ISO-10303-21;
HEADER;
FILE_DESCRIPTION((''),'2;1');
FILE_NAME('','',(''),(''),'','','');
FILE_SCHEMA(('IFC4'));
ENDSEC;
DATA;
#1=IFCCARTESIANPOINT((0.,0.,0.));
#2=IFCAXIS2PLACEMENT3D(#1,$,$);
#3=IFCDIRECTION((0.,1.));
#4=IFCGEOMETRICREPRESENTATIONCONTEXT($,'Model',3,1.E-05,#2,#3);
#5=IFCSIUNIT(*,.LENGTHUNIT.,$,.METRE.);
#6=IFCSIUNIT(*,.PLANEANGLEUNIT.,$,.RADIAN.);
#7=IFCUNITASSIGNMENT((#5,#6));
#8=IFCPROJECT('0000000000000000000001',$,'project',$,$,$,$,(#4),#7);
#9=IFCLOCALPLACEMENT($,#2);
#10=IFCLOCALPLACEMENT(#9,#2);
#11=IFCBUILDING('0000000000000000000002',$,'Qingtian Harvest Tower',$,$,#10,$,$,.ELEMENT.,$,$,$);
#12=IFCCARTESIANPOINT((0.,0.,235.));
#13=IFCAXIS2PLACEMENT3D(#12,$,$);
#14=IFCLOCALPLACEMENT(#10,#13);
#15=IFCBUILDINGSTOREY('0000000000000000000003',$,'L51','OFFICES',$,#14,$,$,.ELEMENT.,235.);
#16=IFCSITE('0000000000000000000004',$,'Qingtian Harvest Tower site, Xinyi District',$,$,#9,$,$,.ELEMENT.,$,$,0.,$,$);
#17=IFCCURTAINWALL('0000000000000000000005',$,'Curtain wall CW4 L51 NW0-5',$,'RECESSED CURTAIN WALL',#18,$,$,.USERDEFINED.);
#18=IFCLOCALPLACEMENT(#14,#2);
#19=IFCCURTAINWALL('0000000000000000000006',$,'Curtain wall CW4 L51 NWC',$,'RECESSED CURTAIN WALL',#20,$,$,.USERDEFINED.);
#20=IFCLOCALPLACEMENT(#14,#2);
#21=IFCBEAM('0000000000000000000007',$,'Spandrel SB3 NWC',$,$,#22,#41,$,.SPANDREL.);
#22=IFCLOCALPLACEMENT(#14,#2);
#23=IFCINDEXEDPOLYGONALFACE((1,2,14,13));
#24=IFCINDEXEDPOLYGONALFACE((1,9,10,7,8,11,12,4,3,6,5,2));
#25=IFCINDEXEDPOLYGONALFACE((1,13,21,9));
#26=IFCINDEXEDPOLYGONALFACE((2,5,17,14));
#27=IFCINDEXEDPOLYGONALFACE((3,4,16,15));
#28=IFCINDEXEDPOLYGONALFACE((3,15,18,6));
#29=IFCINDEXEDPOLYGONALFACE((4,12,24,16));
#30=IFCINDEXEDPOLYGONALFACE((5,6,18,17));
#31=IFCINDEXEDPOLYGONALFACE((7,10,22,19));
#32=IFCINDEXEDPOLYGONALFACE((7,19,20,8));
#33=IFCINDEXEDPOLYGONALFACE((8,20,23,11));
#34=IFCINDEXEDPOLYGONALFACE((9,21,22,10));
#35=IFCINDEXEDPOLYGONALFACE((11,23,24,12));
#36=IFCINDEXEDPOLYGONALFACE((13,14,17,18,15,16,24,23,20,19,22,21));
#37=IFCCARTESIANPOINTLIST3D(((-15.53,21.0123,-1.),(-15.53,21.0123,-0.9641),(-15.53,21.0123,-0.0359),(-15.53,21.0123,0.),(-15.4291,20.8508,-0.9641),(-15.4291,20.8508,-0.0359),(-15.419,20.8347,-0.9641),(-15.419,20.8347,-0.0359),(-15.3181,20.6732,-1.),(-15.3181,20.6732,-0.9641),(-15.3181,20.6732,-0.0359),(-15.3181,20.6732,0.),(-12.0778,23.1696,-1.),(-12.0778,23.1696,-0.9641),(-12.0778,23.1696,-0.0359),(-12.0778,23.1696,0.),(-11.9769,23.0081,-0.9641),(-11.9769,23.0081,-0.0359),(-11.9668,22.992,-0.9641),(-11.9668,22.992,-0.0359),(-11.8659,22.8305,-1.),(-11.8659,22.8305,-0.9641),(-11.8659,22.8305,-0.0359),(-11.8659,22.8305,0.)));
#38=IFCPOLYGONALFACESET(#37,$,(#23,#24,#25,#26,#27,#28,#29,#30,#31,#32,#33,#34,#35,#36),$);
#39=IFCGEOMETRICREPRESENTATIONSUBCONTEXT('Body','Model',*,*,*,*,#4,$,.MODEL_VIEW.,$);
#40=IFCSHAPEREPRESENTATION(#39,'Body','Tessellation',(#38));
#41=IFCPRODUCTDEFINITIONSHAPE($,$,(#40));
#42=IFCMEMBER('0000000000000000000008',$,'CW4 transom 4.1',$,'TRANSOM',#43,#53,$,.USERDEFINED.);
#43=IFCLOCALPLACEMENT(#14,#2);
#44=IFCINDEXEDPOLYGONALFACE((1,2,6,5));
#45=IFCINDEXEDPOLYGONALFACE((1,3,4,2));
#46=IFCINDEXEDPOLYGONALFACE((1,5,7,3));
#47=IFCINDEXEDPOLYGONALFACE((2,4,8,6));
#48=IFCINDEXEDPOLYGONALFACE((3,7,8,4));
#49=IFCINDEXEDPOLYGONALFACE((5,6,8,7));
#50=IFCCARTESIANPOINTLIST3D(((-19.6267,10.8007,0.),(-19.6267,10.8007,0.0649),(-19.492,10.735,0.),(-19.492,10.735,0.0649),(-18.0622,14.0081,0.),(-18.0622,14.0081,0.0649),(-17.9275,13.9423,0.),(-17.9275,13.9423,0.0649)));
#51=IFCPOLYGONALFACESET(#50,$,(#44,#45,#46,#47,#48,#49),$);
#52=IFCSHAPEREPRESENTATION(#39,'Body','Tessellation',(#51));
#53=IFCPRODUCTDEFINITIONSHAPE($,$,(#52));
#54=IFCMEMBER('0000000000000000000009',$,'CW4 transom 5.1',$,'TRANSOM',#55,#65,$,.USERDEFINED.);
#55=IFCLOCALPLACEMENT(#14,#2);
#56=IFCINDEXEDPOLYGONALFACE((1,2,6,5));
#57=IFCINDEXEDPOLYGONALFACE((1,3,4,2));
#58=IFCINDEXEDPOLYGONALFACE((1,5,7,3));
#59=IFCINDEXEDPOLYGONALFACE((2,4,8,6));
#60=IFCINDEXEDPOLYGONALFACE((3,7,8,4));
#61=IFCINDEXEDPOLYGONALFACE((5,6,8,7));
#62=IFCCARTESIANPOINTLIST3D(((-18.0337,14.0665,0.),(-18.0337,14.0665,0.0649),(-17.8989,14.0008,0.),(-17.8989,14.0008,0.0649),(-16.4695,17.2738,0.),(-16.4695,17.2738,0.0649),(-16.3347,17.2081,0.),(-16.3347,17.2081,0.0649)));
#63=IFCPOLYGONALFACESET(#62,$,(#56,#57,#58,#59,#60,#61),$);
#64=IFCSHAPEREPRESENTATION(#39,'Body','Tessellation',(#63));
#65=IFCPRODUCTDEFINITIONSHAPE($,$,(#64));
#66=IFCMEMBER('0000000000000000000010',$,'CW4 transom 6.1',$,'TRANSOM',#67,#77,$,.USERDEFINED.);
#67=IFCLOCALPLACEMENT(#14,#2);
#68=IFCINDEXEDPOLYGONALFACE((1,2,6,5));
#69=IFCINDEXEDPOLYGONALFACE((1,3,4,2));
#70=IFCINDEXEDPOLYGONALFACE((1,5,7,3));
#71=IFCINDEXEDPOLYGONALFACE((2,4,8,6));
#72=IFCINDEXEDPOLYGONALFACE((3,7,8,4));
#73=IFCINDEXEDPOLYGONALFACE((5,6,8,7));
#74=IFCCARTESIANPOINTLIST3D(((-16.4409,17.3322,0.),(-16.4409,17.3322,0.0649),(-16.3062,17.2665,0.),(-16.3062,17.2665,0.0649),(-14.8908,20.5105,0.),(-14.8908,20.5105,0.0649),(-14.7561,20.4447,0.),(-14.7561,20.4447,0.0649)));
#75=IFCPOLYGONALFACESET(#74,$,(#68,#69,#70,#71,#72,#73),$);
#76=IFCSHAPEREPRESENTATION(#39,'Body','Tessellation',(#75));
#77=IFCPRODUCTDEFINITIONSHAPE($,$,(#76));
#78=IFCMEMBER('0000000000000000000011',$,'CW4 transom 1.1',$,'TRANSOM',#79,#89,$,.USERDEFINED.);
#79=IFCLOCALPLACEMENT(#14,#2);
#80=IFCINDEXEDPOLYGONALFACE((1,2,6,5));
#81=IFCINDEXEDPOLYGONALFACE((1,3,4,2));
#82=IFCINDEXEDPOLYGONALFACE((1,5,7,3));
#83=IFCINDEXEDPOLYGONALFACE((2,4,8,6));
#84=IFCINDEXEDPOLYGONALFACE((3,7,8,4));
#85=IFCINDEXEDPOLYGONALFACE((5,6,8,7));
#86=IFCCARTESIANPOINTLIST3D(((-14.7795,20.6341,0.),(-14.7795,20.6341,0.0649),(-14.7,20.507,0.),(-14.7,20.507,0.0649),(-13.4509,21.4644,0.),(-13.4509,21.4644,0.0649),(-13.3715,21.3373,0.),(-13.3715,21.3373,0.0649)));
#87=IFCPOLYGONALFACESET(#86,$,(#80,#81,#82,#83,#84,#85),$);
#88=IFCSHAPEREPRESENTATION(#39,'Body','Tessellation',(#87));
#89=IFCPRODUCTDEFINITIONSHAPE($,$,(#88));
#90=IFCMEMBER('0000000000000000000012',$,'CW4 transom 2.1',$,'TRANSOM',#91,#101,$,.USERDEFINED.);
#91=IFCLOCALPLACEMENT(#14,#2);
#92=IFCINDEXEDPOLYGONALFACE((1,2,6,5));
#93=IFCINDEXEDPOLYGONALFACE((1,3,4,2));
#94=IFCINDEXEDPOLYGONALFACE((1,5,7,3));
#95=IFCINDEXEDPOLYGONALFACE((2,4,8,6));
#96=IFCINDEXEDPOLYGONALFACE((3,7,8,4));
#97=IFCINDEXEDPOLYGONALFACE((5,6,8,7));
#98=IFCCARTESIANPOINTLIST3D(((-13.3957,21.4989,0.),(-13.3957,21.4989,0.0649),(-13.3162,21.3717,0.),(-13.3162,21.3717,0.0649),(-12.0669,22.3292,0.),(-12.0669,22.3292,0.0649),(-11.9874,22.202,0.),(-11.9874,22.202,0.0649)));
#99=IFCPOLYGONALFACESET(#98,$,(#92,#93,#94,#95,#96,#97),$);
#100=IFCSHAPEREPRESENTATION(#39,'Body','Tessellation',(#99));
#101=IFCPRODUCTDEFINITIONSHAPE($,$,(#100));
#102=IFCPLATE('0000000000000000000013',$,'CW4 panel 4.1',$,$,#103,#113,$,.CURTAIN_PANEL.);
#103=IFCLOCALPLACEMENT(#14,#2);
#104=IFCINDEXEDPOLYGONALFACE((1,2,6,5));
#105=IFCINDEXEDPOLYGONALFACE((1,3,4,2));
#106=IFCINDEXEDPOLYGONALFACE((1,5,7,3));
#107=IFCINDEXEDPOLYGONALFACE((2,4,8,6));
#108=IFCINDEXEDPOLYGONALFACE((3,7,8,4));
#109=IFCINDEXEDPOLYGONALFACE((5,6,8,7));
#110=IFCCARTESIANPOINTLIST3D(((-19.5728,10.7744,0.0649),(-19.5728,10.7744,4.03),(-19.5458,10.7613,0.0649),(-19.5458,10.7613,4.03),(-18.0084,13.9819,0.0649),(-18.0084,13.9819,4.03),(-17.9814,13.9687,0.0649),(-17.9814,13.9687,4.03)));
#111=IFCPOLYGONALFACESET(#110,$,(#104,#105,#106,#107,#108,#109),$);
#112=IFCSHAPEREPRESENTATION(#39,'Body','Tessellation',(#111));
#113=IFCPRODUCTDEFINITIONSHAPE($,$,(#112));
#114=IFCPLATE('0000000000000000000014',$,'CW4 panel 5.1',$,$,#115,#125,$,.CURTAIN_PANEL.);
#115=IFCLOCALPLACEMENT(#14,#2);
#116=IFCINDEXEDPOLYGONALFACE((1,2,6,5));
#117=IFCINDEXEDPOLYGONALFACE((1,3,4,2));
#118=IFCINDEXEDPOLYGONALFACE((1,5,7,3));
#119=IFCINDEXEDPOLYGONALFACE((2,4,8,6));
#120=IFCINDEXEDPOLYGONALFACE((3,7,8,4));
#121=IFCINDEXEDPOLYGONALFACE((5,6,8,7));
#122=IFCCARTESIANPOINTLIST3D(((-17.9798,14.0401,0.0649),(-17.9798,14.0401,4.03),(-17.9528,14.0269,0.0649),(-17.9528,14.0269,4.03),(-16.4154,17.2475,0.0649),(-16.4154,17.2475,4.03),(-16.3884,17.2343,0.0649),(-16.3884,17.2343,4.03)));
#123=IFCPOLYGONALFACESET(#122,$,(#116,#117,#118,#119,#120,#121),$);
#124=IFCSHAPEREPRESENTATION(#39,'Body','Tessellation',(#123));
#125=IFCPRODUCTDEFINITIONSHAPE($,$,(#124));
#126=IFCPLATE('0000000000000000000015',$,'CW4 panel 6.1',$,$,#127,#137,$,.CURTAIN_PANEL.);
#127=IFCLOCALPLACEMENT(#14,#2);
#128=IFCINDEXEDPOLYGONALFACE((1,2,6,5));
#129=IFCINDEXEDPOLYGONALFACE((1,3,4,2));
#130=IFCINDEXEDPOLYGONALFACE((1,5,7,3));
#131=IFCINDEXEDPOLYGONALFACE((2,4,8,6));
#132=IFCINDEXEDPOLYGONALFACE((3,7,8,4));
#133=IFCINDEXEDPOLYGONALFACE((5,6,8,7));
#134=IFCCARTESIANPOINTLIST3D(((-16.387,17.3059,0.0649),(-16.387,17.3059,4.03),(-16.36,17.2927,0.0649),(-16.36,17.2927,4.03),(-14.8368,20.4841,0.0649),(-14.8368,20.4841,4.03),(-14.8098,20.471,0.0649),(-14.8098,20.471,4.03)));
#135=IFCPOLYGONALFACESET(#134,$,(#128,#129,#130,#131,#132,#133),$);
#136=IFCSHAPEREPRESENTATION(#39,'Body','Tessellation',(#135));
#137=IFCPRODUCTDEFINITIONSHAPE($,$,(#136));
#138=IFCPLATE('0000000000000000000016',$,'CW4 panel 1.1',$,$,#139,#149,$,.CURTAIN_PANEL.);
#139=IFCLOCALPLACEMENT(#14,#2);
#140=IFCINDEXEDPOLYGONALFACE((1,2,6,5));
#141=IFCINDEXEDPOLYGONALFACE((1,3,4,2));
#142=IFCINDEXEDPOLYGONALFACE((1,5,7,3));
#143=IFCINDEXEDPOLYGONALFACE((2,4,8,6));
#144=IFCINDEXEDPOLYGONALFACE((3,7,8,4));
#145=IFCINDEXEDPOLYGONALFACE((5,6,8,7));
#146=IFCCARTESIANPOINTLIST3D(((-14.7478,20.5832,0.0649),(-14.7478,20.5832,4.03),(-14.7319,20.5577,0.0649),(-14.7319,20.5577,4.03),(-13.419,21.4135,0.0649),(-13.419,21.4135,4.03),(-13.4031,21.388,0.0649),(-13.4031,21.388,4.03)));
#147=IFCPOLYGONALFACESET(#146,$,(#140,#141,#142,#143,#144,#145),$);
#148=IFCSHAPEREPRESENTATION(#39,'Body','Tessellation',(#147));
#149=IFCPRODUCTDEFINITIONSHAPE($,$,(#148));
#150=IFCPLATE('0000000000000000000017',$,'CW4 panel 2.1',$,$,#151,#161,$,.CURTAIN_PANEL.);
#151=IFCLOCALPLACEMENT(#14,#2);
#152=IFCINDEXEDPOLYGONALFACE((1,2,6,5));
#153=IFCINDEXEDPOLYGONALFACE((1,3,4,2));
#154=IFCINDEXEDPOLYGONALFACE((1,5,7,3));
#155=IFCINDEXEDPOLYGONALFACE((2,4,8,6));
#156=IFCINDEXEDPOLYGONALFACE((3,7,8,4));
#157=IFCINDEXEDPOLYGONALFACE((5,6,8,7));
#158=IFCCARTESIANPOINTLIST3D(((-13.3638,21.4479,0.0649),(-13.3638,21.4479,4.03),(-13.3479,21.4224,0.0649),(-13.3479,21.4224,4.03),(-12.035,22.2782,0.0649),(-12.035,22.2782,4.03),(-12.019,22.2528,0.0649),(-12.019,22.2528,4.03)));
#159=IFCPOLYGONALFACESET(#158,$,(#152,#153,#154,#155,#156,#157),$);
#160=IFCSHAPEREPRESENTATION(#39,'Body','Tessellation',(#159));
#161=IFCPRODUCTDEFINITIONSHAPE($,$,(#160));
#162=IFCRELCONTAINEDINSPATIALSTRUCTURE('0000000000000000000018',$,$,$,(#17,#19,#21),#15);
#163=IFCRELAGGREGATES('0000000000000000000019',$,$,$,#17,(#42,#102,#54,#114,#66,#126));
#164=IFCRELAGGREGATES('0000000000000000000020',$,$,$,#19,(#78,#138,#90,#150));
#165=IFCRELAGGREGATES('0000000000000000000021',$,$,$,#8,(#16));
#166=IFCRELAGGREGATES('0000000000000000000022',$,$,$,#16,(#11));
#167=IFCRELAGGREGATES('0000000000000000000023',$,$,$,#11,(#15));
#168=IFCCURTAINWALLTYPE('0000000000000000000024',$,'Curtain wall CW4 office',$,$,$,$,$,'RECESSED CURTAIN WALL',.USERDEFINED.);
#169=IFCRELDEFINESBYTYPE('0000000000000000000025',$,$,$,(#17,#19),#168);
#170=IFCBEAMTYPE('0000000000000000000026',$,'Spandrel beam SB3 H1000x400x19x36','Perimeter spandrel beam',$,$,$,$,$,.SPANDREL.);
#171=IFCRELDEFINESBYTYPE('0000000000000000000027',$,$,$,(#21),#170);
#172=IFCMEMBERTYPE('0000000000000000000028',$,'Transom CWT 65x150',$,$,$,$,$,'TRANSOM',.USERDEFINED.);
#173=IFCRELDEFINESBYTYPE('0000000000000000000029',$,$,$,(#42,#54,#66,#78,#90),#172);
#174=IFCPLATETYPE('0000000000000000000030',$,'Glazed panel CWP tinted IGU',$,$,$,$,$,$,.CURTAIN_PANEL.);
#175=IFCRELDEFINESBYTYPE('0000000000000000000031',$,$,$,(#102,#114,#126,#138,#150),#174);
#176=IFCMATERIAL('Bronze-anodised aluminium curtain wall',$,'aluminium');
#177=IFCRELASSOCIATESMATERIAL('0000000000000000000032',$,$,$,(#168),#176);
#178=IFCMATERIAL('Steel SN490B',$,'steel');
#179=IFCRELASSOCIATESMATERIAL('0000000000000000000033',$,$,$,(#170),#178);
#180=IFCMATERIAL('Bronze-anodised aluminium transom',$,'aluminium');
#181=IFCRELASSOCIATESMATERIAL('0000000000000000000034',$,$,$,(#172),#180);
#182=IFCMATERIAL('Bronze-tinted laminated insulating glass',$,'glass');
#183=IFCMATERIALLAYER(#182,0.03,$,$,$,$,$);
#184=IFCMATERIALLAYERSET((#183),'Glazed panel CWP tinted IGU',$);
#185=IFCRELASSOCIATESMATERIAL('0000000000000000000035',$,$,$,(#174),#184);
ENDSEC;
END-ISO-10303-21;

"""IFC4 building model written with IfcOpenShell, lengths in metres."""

from ifc_helpers import new_model, si_unit, direction, frame, origin, origin_2d, place, context, subcontext, project, spatial, rectangle, i_section, extrude, material, layer, layer_set, material_profile, profile_set, type_object, element, aggregate, save


model = new_model("IFC4")

# Units and contexts
model_context = context("Model", 3, precision=1e-05, world=origin(), true_north=direction((0.0, 1.0)))
body_context = subcontext(model_context, "Body", "Model", "MODEL_VIEW")
ifc_project = project(units=[si_unit("LENGTHUNIT", "METRE"), si_unit("PLANEANGLEUNIT", "RADIAN")], contexts=[model_context])

# Site, building, storey
site_placement = place(None, origin())
site = spatial("IfcSite", under=ifc_project, at=site_placement, Name="Qingtian Harvest Tower site, Xinyi District", CompositionType="ELEMENT", RefElevation=0.0)
building_placement = place(site_placement, origin())
building = spatial("IfcBuilding", under=site, at=building_placement, Name="Qingtian Harvest Tower", CompositionType="ELEMENT")
storey_placement = place(building_placement, frame((0.0, 0.0, 235.0)))
storey = spatial("IfcBuildingStorey", under=building, at=storey_placement, Name="L51", Description="OFFICES", CompositionType="ELEMENT", Elevation=235.0)

# Curtain walls
ifc_material_1 = material(Name="Bronze-anodised aluminium curtain wall", Category="aluminium")
curtain_wall_type = type_object("IfcCurtainWallType", Name="Curtain wall CW4 office", ElementType="RECESSED CURTAIN WALL", PredefinedType="USERDEFINED", material=ifc_material_1)
curtain_wall_1_placement = place(storey_placement, origin())
curtain_wall_1 = element("IfcCurtainWall", 1, at=curtain_wall_1_placement, inside=storey, type_object=curtain_wall_type, Name="Curtain wall CW4 L51 NW0-5", ObjectType="RECESSED CURTAIN WALL", PredefinedType="USERDEFINED")
curtain_wall_2_placement = place(storey_placement, origin())
curtain_wall_2 = element("IfcCurtainWall", 2, at=curtain_wall_2_placement, inside=storey, type_object=curtain_wall_type, Name="Curtain wall CW4 L51 NWC", ObjectType="RECESSED CURTAIN WALL", PredefinedType="USERDEFINED")

# Beam
ifc_material_2 = material(Name="Steel SN490B", Category="steel")
ifc_material_profile_1 = material_profile(ifc_material_2, i_section(OverallWidth=0.3999, OverallDepth=1.0, WebThickness=0.019, FlangeThickness=0.0359, at=origin_2d()), Name="H1000x400x19x36")
ifc_profile_set_1 = profile_set([ifc_material_profile_1], Name="Steel SN490B")
beam_type_1 = type_object("IfcBeamType", Name="Spandrel beam SB3 H1000x400x19x36", Description="Perimeter spandrel beam", PredefinedType="SPANDREL", material=ifc_profile_set_1)
beam_1_placement = place(storey_placement, frame((-15.4241, 20.8428, -0.5), z_axis=(0.848039, 0.529934, 0.0), x_axis=(-0.529934, 0.848039, 0.0)))
element("IfcBeam", 3, at=beam_1_placement, inside=storey, type_object=beam_type_1, Name="Spandrel SB3 NWC", PredefinedType="SPANDREL", context=body_context, shape_type="SweptSolid", body=[
    extrude(i_section(OverallWidth=0.3999, OverallDepth=1.0, WebThickness=0.019, FlangeThickness=0.0359, at=origin_2d()), origin(), (0.0, 0.0, 1.0), 4.0708),
])

# Members
ifc_material_3 = material(Name="Bronze-anodised aluminium transom", Category="aluminium")
ifc_material_profile_2 = material_profile(ifc_material_3, rectangle(XDim=0.1499, YDim=0.0649, at=origin_2d()), Name="AL 65x150")
ifc_profile_set_2 = profile_set([ifc_material_profile_2], Name="Bronze-anodised aluminium transom")
member_type_1 = type_object("IfcMemberType", Name="Transom CWT 65x150", ElementType="TRANSOM", PredefinedType="USERDEFINED", material=ifc_profile_set_2)
member_1_placement = place(storey_placement, frame((-19.5593, 10.7678, 0.0325), z_axis=(0.438407, 0.898776, 0.0), x_axis=(-0.898776, 0.438407, 0.0)))
member_1 = element("IfcMember", 4, at=member_1_placement, type_object=member_type_1, Name="CW4 transom 4.1", ObjectType="TRANSOM", PredefinedType="USERDEFINED", context=body_context, shape_type="SweptSolid", body=[
    extrude(rectangle(XDim=0.1499, YDim=0.0649, at=origin_2d()), origin(), (0.0, 0.0, 1.0), 3.5686),
])
member_2_placement = place(storey_placement, frame((-17.9663, 14.0337, 0.0325), z_axis=(0.438352, 0.898803, 0.0), x_axis=(-0.898803, 0.438352, 0.0)))
member_2 = element("IfcMember", 5, at=member_2_placement, type_object=member_type_1, Name="CW4 transom 5.1", ObjectType="TRANSOM", PredefinedType="USERDEFINED", context=body_context, shape_type="SweptSolid", body=[
    extrude(rectangle(XDim=0.1499, YDim=0.0649, at=origin_2d()), origin(), (0.0, 0.0, 1.0), 3.5684),
])
member_3_placement = place(storey_placement, frame((-16.3735, 17.2993, 0.0325), z_axis=(0.438354, 0.898802, 0.0), x_axis=(-0.898802, 0.438354, 0.0)))
member_3 = element("IfcMember", 6, at=member_3_placement, type_object=member_type_1, Name="CW4 transom 6.1", ObjectType="TRANSOM", PredefinedType="USERDEFINED", context=body_context, shape_type="SweptSolid", body=[
    extrude(rectangle(XDim=0.1499, YDim=0.0649, at=origin_2d()), origin(), (0.0, 0.0, 1.0), 3.5361),
])
member_4_placement = place(storey_placement, frame((-14.7397, 20.5706, 0.0325), z_axis=(0.848016, 0.529971, 0.0), x_axis=(-0.529971, 0.848016, 0.0)))
member_4 = element("IfcMember", 7, at=member_4_placement, type_object=member_type_1, Name="CW4 transom 1.1", ObjectType="TRANSOM", PredefinedType="USERDEFINED", context=body_context, shape_type="SweptSolid", body=[
    extrude(rectangle(XDim=0.1499, YDim=0.0649, at=origin_2d()), origin(), (0.0, 0.0, 1.0), 1.5667),
])
member_5_placement = place(storey_placement, frame((-13.356, 21.4353, 0.0325), z_axis=(0.84806, 0.529901, 0.0), x_axis=(-0.529901, 0.84806, 0.0)))
member_5 = element("IfcMember", 8, at=member_5_placement, type_object=member_type_1, Name="CW4 transom 2.1", ObjectType="TRANSOM", PredefinedType="USERDEFINED", context=body_context, shape_type="SweptSolid", body=[
    extrude(rectangle(XDim=0.1499, YDim=0.0649, at=origin_2d()), origin(), (0.0, 0.0, 1.0), 1.5669),
])

# Plates
ifc_material_4 = material(Name="Bronze-tinted laminated insulating glass", Category="glass")
ifc_layer = layer(ifc_material_4, 0.03)
ifc_layer_set = layer_set([ifc_layer], Name="Glazed panel CWP tinted IGU")
plate_type = type_object("IfcPlateType", Name="Glazed panel CWP tinted IGU", PredefinedType="CURTAIN_PANEL", material=ifc_layer_set)
plate_1_placement = place(storey_placement, frame((-18.7771, 12.3716, 0.0649), z_axis=(0.0, 0.0, 1.0), x_axis=(0.438371, 0.898794, 0.0)))
plate_1 = element("IfcPlate", 9, at=plate_1_placement, type_object=plate_type, Name="CW4 panel 4.1", PredefinedType="CURTAIN_PANEL", context=body_context, shape_type="SweptSolid", body=[
    extrude(rectangle(XDim=3.5686, YDim=0.03, at=origin_2d()), origin(), (0.0, 0.0, 1.0), 3.9651),
])
plate_2_placement = place(storey_placement, frame((-17.1841, 15.6372, 0.0649), z_axis=(0.0, 0.0, 1.0), x_axis=(0.438371, 0.898794, 0.0)))
plate_2 = element("IfcPlate", 10, at=plate_2_placement, type_object=plate_type, Name="CW4 panel 5.1", PredefinedType="CURTAIN_PANEL", context=body_context, shape_type="SweptSolid", body=[
    extrude(rectangle(XDim=3.5686, YDim=0.03, at=origin_2d()), origin(), (0.0, 0.0, 1.0), 3.9651),
])
plate_3_placement = place(storey_placement, frame((-15.5984, 18.8884, 0.0649), z_axis=(0.0, 0.0, 1.0), x_axis=(0.438371, 0.898794, 0.0)))
plate_3 = element("IfcPlate", 11, at=plate_3_placement, type_object=plate_type, Name="CW4 panel 6.1", PredefinedType="CURTAIN_PANEL", context=body_context, shape_type="SweptSolid", body=[
    extrude(rectangle(XDim=3.5361, YDim=0.03, at=origin_2d()), origin(), (0.0, 0.0, 1.0), 3.9651),
])
aggregate(curtain_wall_1, [member_1, plate_1, member_2, plate_2, member_3, plate_3])
plate_4_placement = place(storey_placement, frame((-14.0754, 20.9856, 0.0649), z_axis=(0.0, 0.0, 1.0), x_axis=(0.848048, 0.529919, 0.0)))
plate_4 = element("IfcPlate", 12, at=plate_4_placement, type_object=plate_type, Name="CW4 panel 1.1", PredefinedType="CURTAIN_PANEL", context=body_context, shape_type="SweptSolid", body=[
    extrude(rectangle(XDim=1.5669, YDim=0.03, at=origin_2d()), origin(), (0.0, 0.0, 1.0), 3.9651),
])
plate_5_placement = place(storey_placement, frame((-12.6914, 21.8503, 0.0649), z_axis=(0.0, 0.0, 1.0), x_axis=(0.848048, 0.529919, 0.0)))
plate_5 = element("IfcPlate", 13, at=plate_5_placement, type_object=plate_type, Name="CW4 panel 2.1", PredefinedType="CURTAIN_PANEL", context=body_context, shape_type="SweptSolid", body=[
    extrude(rectangle(XDim=1.5669, YDim=0.03, at=origin_2d()), origin(), (0.0, 0.0, 1.0), 3.9651),
])
aggregate(curtain_wall_2, [member_4, plate_4, member_5, plate_5])

save(model, "model.ifc")
